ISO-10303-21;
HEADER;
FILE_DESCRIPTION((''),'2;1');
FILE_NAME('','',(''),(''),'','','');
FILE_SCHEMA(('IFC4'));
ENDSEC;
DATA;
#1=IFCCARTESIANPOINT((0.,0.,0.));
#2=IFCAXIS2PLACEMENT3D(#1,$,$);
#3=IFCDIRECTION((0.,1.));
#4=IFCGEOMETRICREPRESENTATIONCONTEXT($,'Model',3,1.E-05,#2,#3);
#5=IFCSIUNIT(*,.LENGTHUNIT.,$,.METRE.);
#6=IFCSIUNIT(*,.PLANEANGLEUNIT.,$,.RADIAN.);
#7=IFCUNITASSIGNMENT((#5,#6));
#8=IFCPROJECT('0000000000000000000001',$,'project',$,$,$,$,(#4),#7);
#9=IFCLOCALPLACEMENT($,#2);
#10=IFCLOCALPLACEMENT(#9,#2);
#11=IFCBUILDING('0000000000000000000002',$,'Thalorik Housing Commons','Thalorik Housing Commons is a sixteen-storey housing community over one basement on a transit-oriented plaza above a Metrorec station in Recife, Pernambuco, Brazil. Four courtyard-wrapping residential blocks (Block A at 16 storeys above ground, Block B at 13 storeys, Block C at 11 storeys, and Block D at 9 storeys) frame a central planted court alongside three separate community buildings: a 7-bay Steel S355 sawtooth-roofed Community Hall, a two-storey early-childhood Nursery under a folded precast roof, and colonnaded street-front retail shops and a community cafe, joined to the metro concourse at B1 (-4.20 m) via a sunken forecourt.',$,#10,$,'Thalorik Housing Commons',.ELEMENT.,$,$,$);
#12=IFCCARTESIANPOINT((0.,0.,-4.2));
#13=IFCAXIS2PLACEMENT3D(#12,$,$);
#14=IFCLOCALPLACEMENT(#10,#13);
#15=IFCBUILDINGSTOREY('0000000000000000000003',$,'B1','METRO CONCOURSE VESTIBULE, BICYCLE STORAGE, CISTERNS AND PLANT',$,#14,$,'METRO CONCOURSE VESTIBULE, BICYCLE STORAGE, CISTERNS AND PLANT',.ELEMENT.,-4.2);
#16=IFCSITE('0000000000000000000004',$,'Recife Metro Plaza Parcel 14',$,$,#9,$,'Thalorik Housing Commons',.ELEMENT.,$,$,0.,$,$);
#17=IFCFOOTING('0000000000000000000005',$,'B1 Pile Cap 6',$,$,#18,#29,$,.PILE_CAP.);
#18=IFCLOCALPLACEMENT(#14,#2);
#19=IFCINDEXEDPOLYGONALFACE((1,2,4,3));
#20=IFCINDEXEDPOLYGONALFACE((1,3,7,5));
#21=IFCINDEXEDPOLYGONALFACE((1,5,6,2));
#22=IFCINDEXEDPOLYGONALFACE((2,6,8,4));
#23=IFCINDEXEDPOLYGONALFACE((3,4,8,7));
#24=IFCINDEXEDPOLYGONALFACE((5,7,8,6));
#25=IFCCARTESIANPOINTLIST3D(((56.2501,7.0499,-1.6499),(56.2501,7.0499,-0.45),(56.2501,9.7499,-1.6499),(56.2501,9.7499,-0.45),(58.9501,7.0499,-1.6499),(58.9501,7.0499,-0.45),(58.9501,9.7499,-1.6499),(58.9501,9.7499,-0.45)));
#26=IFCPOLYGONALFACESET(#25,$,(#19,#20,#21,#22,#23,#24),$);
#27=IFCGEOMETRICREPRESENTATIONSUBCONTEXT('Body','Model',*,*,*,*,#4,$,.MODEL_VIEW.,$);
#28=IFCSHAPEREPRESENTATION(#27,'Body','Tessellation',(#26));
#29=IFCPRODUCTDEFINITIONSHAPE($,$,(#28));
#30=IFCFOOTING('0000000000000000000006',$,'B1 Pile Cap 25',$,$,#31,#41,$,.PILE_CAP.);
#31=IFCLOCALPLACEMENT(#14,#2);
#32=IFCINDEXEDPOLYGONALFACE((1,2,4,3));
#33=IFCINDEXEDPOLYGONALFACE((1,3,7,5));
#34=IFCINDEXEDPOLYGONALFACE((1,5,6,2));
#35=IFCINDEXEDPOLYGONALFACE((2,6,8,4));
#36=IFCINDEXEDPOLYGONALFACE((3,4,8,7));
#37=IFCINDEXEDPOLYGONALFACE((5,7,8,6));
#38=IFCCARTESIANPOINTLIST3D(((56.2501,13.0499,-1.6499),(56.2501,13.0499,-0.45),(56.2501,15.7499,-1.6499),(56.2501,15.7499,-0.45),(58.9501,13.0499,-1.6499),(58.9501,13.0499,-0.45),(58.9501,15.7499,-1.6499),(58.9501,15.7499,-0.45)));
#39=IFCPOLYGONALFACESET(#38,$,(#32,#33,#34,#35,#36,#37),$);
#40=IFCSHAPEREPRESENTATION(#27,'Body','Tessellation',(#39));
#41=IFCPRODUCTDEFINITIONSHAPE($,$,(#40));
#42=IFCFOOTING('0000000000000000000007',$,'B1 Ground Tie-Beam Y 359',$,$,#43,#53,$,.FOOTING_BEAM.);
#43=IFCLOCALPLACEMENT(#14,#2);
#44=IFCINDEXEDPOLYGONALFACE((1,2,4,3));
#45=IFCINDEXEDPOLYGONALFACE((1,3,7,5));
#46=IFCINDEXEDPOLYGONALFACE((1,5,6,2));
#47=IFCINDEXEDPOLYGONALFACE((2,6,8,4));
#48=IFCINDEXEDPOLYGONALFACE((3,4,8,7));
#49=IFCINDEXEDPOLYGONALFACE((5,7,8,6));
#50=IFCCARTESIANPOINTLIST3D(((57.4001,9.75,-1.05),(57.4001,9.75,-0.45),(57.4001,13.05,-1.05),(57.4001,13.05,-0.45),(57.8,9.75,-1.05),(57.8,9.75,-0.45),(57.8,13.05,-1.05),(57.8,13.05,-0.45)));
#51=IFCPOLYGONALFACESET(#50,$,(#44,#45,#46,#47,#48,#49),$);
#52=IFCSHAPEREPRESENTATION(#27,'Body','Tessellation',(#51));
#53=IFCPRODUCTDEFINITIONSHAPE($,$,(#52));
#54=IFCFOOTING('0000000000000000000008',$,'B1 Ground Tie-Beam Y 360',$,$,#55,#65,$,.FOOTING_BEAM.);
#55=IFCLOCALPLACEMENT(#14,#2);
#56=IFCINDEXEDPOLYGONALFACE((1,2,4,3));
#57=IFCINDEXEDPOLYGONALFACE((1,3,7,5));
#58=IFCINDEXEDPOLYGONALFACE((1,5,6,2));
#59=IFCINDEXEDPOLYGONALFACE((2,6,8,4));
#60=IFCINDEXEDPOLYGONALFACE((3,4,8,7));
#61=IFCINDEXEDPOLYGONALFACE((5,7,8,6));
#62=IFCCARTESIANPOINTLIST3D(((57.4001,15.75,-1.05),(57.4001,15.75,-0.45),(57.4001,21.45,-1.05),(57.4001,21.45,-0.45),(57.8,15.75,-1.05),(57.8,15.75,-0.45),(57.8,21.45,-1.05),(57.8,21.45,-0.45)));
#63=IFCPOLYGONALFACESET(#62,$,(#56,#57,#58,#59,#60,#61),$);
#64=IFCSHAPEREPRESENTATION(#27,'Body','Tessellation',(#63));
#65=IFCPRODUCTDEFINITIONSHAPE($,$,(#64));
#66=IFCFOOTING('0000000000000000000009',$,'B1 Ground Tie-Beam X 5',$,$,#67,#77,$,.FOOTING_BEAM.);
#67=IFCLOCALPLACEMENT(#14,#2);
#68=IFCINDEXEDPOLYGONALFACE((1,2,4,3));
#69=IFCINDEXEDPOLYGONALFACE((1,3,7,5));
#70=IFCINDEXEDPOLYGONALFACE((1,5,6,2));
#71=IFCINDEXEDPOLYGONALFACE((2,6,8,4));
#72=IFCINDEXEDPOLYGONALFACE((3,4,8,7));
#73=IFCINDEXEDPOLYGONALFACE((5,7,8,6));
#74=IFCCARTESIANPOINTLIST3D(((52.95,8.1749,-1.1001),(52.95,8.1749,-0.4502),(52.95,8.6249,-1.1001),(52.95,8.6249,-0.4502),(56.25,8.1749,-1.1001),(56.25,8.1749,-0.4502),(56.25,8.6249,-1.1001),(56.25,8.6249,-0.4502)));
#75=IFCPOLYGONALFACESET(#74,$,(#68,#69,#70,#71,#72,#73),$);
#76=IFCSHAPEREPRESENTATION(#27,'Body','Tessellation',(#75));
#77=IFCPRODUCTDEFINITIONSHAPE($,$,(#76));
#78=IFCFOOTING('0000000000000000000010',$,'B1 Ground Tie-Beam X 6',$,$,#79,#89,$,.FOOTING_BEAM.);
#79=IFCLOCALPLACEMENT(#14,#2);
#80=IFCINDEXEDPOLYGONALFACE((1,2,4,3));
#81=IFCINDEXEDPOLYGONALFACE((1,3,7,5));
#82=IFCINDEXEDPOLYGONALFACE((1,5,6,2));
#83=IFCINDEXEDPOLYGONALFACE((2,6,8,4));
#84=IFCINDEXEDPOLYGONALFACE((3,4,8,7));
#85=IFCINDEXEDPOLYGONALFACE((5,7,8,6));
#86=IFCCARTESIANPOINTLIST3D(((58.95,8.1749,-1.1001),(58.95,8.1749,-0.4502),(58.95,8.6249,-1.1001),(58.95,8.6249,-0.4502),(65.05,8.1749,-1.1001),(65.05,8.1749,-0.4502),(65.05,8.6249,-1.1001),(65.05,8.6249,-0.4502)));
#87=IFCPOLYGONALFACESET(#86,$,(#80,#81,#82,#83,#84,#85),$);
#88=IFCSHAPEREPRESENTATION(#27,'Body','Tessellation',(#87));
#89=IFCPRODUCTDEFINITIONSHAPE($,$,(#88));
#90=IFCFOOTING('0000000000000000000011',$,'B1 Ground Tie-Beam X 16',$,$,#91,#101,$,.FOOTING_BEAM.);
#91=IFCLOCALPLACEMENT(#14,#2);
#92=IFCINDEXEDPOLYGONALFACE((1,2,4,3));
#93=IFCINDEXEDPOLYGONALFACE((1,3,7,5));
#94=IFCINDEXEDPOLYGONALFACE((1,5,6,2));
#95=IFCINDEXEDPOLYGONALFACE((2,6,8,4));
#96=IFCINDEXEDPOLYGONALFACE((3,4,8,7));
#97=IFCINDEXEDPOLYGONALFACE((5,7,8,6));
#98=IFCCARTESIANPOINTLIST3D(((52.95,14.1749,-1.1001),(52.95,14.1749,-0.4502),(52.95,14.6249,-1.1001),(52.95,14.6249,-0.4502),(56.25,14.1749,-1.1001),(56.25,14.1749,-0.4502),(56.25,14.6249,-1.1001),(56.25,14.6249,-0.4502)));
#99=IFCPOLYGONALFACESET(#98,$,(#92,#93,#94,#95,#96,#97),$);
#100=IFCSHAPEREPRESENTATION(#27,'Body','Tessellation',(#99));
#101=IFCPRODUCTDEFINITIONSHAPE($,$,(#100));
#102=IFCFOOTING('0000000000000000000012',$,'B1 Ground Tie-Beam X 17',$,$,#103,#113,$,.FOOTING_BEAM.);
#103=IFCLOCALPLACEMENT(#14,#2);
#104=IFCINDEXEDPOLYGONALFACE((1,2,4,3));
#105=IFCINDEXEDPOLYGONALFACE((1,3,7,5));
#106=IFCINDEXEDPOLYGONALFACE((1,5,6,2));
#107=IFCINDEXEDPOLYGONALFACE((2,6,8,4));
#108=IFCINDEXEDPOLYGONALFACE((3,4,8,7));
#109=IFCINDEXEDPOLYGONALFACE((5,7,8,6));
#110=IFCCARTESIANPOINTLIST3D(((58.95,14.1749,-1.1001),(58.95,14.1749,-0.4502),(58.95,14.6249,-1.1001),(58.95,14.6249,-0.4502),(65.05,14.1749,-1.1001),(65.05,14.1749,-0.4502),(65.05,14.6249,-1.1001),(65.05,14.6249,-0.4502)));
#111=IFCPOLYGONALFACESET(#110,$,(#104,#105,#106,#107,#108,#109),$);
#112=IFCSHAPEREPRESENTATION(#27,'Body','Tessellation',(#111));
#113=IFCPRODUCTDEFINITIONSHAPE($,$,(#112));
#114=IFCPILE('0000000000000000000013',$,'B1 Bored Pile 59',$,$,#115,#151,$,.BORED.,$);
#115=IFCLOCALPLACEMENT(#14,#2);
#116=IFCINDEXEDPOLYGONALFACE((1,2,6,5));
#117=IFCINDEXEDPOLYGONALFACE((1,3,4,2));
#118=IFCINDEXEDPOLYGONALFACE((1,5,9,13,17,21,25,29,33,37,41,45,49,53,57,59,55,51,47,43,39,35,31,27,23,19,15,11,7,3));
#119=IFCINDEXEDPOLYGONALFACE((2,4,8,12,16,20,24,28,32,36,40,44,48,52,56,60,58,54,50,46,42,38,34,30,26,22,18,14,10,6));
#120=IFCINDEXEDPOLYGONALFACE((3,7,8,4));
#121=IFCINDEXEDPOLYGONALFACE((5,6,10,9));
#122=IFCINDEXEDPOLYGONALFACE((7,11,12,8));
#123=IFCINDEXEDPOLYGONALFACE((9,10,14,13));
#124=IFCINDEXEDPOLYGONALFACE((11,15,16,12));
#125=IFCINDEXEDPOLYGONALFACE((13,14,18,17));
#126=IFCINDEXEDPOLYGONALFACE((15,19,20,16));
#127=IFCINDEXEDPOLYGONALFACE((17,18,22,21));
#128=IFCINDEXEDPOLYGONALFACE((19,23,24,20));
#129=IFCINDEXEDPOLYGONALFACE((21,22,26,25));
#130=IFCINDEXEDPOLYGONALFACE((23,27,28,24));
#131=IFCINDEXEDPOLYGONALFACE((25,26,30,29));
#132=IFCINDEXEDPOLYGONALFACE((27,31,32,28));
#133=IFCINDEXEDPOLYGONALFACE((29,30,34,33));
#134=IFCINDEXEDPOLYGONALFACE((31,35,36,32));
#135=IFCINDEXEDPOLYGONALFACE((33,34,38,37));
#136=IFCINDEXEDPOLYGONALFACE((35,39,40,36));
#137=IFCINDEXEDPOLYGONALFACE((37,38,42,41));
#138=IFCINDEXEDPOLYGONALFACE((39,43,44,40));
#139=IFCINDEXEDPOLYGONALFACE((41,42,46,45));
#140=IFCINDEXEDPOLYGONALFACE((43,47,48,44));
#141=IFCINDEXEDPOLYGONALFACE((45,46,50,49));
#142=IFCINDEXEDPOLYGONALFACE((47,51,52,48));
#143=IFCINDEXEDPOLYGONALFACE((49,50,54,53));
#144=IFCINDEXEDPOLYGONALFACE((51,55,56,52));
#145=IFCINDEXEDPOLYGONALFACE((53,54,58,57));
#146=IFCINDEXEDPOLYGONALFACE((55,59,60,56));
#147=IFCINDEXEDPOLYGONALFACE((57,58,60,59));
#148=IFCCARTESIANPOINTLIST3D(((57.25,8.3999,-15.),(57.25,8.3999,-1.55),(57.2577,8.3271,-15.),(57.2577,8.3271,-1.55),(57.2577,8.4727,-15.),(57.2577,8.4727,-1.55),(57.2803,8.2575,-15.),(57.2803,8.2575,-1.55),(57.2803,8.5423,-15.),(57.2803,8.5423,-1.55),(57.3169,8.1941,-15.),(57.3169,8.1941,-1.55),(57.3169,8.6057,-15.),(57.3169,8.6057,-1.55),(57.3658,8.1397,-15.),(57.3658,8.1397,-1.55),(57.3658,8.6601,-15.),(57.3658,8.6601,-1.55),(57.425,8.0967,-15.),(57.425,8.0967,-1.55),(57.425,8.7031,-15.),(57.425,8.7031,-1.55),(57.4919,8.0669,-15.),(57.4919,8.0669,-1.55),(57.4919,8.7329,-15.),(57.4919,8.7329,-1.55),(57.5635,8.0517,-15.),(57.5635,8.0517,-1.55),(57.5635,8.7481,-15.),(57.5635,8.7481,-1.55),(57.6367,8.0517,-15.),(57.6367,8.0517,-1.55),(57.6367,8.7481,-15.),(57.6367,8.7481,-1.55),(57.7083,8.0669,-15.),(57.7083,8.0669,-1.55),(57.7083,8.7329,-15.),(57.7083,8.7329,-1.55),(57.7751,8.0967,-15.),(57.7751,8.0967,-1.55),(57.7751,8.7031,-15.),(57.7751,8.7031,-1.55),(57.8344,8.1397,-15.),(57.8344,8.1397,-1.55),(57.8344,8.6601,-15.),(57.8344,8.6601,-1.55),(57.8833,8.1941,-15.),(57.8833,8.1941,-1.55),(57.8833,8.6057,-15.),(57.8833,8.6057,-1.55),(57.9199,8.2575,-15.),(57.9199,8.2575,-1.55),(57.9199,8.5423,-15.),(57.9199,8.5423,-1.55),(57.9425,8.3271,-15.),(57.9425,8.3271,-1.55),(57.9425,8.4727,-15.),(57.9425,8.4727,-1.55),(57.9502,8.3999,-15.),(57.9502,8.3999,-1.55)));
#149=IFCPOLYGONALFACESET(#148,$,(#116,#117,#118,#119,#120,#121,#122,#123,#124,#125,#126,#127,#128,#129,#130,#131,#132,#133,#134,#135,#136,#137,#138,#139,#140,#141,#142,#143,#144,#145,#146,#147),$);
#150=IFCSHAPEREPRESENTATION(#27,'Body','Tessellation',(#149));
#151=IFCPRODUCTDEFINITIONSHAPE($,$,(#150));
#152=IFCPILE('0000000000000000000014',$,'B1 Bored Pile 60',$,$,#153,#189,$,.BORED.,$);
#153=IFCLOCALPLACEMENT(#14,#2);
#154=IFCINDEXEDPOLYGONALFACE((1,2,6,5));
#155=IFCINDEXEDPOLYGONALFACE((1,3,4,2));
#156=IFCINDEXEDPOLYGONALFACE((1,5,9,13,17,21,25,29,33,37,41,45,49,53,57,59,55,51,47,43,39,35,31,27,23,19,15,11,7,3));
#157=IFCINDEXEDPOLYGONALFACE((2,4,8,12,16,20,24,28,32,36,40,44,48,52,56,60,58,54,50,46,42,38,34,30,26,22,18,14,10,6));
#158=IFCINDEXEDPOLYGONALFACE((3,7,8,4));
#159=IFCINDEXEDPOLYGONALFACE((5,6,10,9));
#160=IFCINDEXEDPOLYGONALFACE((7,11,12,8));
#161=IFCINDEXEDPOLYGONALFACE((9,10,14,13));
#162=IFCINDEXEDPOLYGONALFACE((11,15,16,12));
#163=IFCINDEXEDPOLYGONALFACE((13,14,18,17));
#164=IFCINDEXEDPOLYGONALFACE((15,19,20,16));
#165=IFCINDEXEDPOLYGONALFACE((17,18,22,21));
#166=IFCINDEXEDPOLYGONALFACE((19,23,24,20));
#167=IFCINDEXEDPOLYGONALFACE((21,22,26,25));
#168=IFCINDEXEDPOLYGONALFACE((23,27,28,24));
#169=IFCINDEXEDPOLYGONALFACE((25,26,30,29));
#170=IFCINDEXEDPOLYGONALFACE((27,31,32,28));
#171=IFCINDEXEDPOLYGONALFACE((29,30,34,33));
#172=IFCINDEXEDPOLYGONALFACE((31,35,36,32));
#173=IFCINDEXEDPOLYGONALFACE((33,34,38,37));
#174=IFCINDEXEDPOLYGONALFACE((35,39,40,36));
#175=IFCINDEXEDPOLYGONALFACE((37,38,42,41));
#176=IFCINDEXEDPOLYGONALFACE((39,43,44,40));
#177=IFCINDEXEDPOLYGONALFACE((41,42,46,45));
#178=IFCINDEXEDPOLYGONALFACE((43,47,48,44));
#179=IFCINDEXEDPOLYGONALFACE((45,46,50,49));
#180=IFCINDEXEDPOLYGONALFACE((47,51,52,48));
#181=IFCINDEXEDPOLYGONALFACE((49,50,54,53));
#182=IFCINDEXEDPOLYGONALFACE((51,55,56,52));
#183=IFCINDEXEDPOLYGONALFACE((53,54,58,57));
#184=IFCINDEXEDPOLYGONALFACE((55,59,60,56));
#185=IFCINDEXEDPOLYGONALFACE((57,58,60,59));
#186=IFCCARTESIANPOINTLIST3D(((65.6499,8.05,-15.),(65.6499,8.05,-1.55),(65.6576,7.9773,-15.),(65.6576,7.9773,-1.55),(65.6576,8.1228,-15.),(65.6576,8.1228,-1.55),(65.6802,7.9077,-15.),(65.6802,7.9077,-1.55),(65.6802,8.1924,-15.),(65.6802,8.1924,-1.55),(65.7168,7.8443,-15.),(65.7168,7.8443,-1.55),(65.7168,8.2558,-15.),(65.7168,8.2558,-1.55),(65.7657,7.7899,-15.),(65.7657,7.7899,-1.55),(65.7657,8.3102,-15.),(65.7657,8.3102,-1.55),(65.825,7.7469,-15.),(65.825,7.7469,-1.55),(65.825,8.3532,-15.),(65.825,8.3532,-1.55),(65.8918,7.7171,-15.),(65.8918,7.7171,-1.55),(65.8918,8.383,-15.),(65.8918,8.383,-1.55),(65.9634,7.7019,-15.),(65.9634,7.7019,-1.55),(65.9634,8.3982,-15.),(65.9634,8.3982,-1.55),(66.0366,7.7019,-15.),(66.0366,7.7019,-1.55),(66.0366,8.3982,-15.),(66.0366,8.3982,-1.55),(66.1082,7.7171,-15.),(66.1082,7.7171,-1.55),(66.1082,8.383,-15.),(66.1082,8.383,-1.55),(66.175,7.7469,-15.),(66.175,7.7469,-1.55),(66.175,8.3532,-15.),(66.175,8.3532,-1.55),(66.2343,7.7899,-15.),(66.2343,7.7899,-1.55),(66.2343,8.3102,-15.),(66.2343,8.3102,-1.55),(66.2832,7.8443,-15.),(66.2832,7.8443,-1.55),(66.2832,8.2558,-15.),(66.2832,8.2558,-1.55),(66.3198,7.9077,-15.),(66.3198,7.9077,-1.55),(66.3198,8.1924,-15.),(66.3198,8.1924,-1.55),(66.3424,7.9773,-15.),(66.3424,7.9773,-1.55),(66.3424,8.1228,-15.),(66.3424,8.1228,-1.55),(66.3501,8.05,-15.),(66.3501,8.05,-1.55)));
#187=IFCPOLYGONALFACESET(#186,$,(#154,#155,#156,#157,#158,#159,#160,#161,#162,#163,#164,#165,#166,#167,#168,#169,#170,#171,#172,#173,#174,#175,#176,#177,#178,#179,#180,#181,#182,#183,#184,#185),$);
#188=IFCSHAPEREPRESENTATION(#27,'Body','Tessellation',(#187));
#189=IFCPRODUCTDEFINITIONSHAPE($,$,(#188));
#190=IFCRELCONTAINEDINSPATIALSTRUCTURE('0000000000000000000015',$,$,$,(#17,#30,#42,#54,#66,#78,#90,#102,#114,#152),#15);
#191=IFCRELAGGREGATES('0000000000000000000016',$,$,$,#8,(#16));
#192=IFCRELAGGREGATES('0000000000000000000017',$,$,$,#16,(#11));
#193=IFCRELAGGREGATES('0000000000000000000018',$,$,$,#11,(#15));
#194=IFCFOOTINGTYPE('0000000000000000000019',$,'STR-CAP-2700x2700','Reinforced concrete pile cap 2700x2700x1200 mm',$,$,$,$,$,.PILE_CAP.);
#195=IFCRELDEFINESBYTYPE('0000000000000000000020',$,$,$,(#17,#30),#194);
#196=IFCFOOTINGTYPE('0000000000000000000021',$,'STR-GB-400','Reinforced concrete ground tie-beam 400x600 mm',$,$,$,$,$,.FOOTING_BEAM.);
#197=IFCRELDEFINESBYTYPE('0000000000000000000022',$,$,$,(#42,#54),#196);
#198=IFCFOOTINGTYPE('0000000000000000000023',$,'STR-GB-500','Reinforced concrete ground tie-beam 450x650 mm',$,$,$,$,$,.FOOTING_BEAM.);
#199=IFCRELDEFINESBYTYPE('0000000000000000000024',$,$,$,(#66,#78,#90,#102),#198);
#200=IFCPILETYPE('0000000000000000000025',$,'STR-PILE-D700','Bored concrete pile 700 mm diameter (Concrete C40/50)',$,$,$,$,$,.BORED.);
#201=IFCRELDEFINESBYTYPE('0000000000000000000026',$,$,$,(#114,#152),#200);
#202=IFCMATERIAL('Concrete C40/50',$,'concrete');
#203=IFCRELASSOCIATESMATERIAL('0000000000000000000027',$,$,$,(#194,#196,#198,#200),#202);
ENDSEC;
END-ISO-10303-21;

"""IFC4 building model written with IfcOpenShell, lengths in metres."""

from ifc_helpers import new_model, si_unit, direction, frame, origin, origin_2d, place, context, subcontext, project, spatial, rectangle, circle, extrude, material, material_profile, profile_set, type_object, element, save


model = new_model("IFC4")

# Units and contexts
model_context = context("Model", 3, precision=1e-05, world=origin(), true_north=direction((0.0, 1.0)))
body_context = subcontext(model_context, "Body", "Model", "MODEL_VIEW")
ifc_project = project(units=[si_unit("LENGTHUNIT", "METRE"), si_unit("PLANEANGLEUNIT", "RADIAN")], contexts=[model_context])

# Site, building, storey
site_placement = place(None, origin())
site = spatial("IfcSite", under=ifc_project, at=site_placement, Name="Recife Metro Plaza Parcel 14", LongName="Thalorik Housing Commons", CompositionType="ELEMENT", RefElevation=0.0)
building_placement = place(site_placement, origin())
building = spatial("IfcBuilding", under=site, at=building_placement, Name="Thalorik Housing Commons", Description="Thalorik Housing Commons is a sixteen-storey housing community over one basement on a transit-oriented plaza above a Metrorec station in Recife, Pernambuco, Brazil. Four courtyard-wrapping residential blocks (Block A at 16 storeys above ground, Block B at 13 storeys, Block C at 11 storeys, and Block D at 9 storeys) frame a central planted court alongside three separate community buildings: a 7-bay Steel S355 sawtooth-roofed Community Hall, a two-storey early-childhood Nursery under a folded precast roof, and colonnaded street-front retail shops and a community cafe, joined to the metro concourse at B1 (-4.20 m) via a sunken forecourt.", LongName="Thalorik Housing Commons", CompositionType="ELEMENT")
storey_placement = place(building_placement, frame((0.0, 0.0, -4.2)))
storey = spatial("IfcBuildingStorey", under=building, at=storey_placement, Name="B1", Description="METRO CONCOURSE VESTIBULE, BICYCLE STORAGE, CISTERNS AND PLANT", LongName="METRO CONCOURSE VESTIBULE, BICYCLE STORAGE, CISTERNS AND PLANT", CompositionType="ELEMENT", Elevation=-4.2)

# Footings
ifc_material_1 = material(Name="Concrete C40/50", Category="concrete")
footing_type_1 = type_object("IfcFootingType", Name="STR-CAP-2700x2700", Description="Reinforced concrete pile cap 2700x2700x1200 mm", PredefinedType="PILE_CAP", material=ifc_material_1)
for number, where, z_axis, x_axis, name in (
    (1, (57.6001, 8.3999, -1.6499), (0.0, 0.0, 1.0), (1.0, 0.0, 0.0), "B1 Pile Cap 6"),
    (2, (57.6001, 14.3999, -1.6499), (0.0, 0.0, 1.0), (1.0, 0.0, 0.0), "B1 Pile Cap 25"),
):
    element("IfcFooting", number, at=place(storey_placement, frame(where, z_axis=z_axis, x_axis=x_axis)), inside=storey, type_object=footing_type_1, Name=name, PredefinedType="PILE_CAP", context=body_context, shape_type="SweptSolid", body=[
        extrude(rectangle(XDim=2.7, YDim=2.7, at=origin_2d()), origin(), (0.0, 0.0, 1.0), 1.2),
    ])
ifc_material_profile_1 = material_profile(ifc_material_1, rectangle(XDim=0.3999, YDim=0.6001, at=origin_2d()), Name="RC 400x600", Category="concrete")
ifc_profile_set_1 = profile_set([ifc_material_profile_1], Name="Concrete C40/50")
footing_type_2 = type_object("IfcFootingType", Name="STR-GB-400", Description="Reinforced concrete ground tie-beam 400x600 mm", PredefinedType="FOOTING_BEAM", material=ifc_profile_set_1)
footing_1_placement = place(storey_placement, frame((57.6001, 9.75, -0.75), z_axis=(0.0, 1.0, 0.0), x_axis=(-1.0, 0.0, 0.0)))
element("IfcFooting", 3, at=footing_1_placement, inside=storey, type_object=footing_type_2, Name="B1 Ground Tie-Beam Y 359", PredefinedType="FOOTING_BEAM", context=body_context, shape_type="SweptSolid", body=[
    extrude(rectangle(XDim=0.3999, YDim=0.6001, at=origin_2d()), origin(), (0.0, 0.0, 1.0), 3.3),
])
footing_2_placement = place(storey_placement, frame((57.6001, 15.75, -0.75), z_axis=(0.0, 1.0, 0.0), x_axis=(-1.0, 0.0, 0.0)))
element("IfcFooting", 4, at=footing_2_placement, inside=storey, type_object=footing_type_2, Name="B1 Ground Tie-Beam Y 360", PredefinedType="FOOTING_BEAM", context=body_context, shape_type="SweptSolid", body=[
    extrude(rectangle(XDim=0.3999, YDim=0.6001, at=origin_2d()), origin(), (0.0, 0.0, 1.0), 5.7),
])
ifc_material_profile_2 = material_profile(ifc_material_1, rectangle(XDim=0.45, YDim=0.6499, at=origin_2d()), Name="RC 450x650", Category="concrete")
ifc_profile_set_2 = profile_set([ifc_material_profile_2], Name="Concrete C40/50")
footing_type_3 = type_object("IfcFootingType", Name="STR-GB-500", Description="Reinforced concrete ground tie-beam 450x650 mm", PredefinedType="FOOTING_BEAM", material=ifc_profile_set_2)
footing_3_placement = place(storey_placement, frame((52.95, 8.3999, -0.7751), z_axis=(1.0, 0.0, 0.0), x_axis=(0.0, 1.0, 0.0)))
element("IfcFooting", 5, at=footing_3_placement, inside=storey, type_object=footing_type_3, Name="B1 Ground Tie-Beam X 5", PredefinedType="FOOTING_BEAM", context=body_context, shape_type="SweptSolid", body=[
    extrude(rectangle(XDim=0.45, YDim=0.6499, at=origin_2d()), origin(), (0.0, 0.0, 1.0), 3.3),
])
footing_4_placement = place(storey_placement, frame((58.95, 8.3999, -0.7751), z_axis=(1.0, 0.0, 0.0), x_axis=(0.0, 1.0, 0.0)))
element("IfcFooting", 6, at=footing_4_placement, inside=storey, type_object=footing_type_3, Name="B1 Ground Tie-Beam X 6", PredefinedType="FOOTING_BEAM", context=body_context, shape_type="SweptSolid", body=[
    extrude(rectangle(XDim=0.45, YDim=0.6499, at=origin_2d()), origin(), (0.0, 0.0, 1.0), 6.1001),
])
footing_5_placement = place(storey_placement, frame((52.95, 14.3999, -0.7751), z_axis=(1.0, 0.0, 0.0), x_axis=(0.0, 1.0, 0.0)))
element("IfcFooting", 7, at=footing_5_placement, inside=storey, type_object=footing_type_3, Name="B1 Ground Tie-Beam X 16", PredefinedType="FOOTING_BEAM", context=body_context, shape_type="SweptSolid", body=[
    extrude(rectangle(XDim=0.45, YDim=0.6499, at=origin_2d()), origin(), (0.0, 0.0, 1.0), 3.3),
])
footing_6_placement = place(storey_placement, frame((58.95, 14.3999, -0.7751), z_axis=(1.0, 0.0, 0.0), x_axis=(0.0, 1.0, 0.0)))
element("IfcFooting", 8, at=footing_6_placement, inside=storey, type_object=footing_type_3, Name="B1 Ground Tie-Beam X 17", PredefinedType="FOOTING_BEAM", context=body_context, shape_type="SweptSolid", body=[
    extrude(rectangle(XDim=0.45, YDim=0.6499, at=origin_2d()), origin(), (0.0, 0.0, 1.0), 6.1001),
])

# Piles
ifc_material_profile_3 = material_profile(ifc_material_1, circle(Radius=0.3501, at=origin_2d()), Name="BORED PILE D700", Category="concrete")
ifc_profile_set_3 = profile_set([ifc_material_profile_3], Name="Concrete C40/50")
pile_type = type_object("IfcPileType", Name="STR-PILE-D700", Description="Bored concrete pile 700 mm diameter (Concrete C40/50)", PredefinedType="BORED", material=ifc_profile_set_3)
for number, where, z_axis, x_axis, name in (
    (9, (57.6001, 8.3999, -1.55), (0.0, 0.0, -1.0), (1.0, 0.0, 0.0), "B1 Bored Pile 59"),
    (10, (66.0, 8.05, -1.55), (0.0, 0.0, -1.0), (1.0, 0.0, 0.0), "B1 Bored Pile 60"),
):
    element("IfcPile", number, at=place(storey_placement, frame(where, z_axis=z_axis, x_axis=x_axis)), inside=storey, type_object=pile_type, Name=name, PredefinedType="BORED", context=body_context, shape_type="SweptSolid", body=[
        extrude(circle(Radius=0.3501, at=origin_2d()), origin(), (0.0, 0.0, 1.0), 13.45),
    ])

save(model, "model.ifc")
